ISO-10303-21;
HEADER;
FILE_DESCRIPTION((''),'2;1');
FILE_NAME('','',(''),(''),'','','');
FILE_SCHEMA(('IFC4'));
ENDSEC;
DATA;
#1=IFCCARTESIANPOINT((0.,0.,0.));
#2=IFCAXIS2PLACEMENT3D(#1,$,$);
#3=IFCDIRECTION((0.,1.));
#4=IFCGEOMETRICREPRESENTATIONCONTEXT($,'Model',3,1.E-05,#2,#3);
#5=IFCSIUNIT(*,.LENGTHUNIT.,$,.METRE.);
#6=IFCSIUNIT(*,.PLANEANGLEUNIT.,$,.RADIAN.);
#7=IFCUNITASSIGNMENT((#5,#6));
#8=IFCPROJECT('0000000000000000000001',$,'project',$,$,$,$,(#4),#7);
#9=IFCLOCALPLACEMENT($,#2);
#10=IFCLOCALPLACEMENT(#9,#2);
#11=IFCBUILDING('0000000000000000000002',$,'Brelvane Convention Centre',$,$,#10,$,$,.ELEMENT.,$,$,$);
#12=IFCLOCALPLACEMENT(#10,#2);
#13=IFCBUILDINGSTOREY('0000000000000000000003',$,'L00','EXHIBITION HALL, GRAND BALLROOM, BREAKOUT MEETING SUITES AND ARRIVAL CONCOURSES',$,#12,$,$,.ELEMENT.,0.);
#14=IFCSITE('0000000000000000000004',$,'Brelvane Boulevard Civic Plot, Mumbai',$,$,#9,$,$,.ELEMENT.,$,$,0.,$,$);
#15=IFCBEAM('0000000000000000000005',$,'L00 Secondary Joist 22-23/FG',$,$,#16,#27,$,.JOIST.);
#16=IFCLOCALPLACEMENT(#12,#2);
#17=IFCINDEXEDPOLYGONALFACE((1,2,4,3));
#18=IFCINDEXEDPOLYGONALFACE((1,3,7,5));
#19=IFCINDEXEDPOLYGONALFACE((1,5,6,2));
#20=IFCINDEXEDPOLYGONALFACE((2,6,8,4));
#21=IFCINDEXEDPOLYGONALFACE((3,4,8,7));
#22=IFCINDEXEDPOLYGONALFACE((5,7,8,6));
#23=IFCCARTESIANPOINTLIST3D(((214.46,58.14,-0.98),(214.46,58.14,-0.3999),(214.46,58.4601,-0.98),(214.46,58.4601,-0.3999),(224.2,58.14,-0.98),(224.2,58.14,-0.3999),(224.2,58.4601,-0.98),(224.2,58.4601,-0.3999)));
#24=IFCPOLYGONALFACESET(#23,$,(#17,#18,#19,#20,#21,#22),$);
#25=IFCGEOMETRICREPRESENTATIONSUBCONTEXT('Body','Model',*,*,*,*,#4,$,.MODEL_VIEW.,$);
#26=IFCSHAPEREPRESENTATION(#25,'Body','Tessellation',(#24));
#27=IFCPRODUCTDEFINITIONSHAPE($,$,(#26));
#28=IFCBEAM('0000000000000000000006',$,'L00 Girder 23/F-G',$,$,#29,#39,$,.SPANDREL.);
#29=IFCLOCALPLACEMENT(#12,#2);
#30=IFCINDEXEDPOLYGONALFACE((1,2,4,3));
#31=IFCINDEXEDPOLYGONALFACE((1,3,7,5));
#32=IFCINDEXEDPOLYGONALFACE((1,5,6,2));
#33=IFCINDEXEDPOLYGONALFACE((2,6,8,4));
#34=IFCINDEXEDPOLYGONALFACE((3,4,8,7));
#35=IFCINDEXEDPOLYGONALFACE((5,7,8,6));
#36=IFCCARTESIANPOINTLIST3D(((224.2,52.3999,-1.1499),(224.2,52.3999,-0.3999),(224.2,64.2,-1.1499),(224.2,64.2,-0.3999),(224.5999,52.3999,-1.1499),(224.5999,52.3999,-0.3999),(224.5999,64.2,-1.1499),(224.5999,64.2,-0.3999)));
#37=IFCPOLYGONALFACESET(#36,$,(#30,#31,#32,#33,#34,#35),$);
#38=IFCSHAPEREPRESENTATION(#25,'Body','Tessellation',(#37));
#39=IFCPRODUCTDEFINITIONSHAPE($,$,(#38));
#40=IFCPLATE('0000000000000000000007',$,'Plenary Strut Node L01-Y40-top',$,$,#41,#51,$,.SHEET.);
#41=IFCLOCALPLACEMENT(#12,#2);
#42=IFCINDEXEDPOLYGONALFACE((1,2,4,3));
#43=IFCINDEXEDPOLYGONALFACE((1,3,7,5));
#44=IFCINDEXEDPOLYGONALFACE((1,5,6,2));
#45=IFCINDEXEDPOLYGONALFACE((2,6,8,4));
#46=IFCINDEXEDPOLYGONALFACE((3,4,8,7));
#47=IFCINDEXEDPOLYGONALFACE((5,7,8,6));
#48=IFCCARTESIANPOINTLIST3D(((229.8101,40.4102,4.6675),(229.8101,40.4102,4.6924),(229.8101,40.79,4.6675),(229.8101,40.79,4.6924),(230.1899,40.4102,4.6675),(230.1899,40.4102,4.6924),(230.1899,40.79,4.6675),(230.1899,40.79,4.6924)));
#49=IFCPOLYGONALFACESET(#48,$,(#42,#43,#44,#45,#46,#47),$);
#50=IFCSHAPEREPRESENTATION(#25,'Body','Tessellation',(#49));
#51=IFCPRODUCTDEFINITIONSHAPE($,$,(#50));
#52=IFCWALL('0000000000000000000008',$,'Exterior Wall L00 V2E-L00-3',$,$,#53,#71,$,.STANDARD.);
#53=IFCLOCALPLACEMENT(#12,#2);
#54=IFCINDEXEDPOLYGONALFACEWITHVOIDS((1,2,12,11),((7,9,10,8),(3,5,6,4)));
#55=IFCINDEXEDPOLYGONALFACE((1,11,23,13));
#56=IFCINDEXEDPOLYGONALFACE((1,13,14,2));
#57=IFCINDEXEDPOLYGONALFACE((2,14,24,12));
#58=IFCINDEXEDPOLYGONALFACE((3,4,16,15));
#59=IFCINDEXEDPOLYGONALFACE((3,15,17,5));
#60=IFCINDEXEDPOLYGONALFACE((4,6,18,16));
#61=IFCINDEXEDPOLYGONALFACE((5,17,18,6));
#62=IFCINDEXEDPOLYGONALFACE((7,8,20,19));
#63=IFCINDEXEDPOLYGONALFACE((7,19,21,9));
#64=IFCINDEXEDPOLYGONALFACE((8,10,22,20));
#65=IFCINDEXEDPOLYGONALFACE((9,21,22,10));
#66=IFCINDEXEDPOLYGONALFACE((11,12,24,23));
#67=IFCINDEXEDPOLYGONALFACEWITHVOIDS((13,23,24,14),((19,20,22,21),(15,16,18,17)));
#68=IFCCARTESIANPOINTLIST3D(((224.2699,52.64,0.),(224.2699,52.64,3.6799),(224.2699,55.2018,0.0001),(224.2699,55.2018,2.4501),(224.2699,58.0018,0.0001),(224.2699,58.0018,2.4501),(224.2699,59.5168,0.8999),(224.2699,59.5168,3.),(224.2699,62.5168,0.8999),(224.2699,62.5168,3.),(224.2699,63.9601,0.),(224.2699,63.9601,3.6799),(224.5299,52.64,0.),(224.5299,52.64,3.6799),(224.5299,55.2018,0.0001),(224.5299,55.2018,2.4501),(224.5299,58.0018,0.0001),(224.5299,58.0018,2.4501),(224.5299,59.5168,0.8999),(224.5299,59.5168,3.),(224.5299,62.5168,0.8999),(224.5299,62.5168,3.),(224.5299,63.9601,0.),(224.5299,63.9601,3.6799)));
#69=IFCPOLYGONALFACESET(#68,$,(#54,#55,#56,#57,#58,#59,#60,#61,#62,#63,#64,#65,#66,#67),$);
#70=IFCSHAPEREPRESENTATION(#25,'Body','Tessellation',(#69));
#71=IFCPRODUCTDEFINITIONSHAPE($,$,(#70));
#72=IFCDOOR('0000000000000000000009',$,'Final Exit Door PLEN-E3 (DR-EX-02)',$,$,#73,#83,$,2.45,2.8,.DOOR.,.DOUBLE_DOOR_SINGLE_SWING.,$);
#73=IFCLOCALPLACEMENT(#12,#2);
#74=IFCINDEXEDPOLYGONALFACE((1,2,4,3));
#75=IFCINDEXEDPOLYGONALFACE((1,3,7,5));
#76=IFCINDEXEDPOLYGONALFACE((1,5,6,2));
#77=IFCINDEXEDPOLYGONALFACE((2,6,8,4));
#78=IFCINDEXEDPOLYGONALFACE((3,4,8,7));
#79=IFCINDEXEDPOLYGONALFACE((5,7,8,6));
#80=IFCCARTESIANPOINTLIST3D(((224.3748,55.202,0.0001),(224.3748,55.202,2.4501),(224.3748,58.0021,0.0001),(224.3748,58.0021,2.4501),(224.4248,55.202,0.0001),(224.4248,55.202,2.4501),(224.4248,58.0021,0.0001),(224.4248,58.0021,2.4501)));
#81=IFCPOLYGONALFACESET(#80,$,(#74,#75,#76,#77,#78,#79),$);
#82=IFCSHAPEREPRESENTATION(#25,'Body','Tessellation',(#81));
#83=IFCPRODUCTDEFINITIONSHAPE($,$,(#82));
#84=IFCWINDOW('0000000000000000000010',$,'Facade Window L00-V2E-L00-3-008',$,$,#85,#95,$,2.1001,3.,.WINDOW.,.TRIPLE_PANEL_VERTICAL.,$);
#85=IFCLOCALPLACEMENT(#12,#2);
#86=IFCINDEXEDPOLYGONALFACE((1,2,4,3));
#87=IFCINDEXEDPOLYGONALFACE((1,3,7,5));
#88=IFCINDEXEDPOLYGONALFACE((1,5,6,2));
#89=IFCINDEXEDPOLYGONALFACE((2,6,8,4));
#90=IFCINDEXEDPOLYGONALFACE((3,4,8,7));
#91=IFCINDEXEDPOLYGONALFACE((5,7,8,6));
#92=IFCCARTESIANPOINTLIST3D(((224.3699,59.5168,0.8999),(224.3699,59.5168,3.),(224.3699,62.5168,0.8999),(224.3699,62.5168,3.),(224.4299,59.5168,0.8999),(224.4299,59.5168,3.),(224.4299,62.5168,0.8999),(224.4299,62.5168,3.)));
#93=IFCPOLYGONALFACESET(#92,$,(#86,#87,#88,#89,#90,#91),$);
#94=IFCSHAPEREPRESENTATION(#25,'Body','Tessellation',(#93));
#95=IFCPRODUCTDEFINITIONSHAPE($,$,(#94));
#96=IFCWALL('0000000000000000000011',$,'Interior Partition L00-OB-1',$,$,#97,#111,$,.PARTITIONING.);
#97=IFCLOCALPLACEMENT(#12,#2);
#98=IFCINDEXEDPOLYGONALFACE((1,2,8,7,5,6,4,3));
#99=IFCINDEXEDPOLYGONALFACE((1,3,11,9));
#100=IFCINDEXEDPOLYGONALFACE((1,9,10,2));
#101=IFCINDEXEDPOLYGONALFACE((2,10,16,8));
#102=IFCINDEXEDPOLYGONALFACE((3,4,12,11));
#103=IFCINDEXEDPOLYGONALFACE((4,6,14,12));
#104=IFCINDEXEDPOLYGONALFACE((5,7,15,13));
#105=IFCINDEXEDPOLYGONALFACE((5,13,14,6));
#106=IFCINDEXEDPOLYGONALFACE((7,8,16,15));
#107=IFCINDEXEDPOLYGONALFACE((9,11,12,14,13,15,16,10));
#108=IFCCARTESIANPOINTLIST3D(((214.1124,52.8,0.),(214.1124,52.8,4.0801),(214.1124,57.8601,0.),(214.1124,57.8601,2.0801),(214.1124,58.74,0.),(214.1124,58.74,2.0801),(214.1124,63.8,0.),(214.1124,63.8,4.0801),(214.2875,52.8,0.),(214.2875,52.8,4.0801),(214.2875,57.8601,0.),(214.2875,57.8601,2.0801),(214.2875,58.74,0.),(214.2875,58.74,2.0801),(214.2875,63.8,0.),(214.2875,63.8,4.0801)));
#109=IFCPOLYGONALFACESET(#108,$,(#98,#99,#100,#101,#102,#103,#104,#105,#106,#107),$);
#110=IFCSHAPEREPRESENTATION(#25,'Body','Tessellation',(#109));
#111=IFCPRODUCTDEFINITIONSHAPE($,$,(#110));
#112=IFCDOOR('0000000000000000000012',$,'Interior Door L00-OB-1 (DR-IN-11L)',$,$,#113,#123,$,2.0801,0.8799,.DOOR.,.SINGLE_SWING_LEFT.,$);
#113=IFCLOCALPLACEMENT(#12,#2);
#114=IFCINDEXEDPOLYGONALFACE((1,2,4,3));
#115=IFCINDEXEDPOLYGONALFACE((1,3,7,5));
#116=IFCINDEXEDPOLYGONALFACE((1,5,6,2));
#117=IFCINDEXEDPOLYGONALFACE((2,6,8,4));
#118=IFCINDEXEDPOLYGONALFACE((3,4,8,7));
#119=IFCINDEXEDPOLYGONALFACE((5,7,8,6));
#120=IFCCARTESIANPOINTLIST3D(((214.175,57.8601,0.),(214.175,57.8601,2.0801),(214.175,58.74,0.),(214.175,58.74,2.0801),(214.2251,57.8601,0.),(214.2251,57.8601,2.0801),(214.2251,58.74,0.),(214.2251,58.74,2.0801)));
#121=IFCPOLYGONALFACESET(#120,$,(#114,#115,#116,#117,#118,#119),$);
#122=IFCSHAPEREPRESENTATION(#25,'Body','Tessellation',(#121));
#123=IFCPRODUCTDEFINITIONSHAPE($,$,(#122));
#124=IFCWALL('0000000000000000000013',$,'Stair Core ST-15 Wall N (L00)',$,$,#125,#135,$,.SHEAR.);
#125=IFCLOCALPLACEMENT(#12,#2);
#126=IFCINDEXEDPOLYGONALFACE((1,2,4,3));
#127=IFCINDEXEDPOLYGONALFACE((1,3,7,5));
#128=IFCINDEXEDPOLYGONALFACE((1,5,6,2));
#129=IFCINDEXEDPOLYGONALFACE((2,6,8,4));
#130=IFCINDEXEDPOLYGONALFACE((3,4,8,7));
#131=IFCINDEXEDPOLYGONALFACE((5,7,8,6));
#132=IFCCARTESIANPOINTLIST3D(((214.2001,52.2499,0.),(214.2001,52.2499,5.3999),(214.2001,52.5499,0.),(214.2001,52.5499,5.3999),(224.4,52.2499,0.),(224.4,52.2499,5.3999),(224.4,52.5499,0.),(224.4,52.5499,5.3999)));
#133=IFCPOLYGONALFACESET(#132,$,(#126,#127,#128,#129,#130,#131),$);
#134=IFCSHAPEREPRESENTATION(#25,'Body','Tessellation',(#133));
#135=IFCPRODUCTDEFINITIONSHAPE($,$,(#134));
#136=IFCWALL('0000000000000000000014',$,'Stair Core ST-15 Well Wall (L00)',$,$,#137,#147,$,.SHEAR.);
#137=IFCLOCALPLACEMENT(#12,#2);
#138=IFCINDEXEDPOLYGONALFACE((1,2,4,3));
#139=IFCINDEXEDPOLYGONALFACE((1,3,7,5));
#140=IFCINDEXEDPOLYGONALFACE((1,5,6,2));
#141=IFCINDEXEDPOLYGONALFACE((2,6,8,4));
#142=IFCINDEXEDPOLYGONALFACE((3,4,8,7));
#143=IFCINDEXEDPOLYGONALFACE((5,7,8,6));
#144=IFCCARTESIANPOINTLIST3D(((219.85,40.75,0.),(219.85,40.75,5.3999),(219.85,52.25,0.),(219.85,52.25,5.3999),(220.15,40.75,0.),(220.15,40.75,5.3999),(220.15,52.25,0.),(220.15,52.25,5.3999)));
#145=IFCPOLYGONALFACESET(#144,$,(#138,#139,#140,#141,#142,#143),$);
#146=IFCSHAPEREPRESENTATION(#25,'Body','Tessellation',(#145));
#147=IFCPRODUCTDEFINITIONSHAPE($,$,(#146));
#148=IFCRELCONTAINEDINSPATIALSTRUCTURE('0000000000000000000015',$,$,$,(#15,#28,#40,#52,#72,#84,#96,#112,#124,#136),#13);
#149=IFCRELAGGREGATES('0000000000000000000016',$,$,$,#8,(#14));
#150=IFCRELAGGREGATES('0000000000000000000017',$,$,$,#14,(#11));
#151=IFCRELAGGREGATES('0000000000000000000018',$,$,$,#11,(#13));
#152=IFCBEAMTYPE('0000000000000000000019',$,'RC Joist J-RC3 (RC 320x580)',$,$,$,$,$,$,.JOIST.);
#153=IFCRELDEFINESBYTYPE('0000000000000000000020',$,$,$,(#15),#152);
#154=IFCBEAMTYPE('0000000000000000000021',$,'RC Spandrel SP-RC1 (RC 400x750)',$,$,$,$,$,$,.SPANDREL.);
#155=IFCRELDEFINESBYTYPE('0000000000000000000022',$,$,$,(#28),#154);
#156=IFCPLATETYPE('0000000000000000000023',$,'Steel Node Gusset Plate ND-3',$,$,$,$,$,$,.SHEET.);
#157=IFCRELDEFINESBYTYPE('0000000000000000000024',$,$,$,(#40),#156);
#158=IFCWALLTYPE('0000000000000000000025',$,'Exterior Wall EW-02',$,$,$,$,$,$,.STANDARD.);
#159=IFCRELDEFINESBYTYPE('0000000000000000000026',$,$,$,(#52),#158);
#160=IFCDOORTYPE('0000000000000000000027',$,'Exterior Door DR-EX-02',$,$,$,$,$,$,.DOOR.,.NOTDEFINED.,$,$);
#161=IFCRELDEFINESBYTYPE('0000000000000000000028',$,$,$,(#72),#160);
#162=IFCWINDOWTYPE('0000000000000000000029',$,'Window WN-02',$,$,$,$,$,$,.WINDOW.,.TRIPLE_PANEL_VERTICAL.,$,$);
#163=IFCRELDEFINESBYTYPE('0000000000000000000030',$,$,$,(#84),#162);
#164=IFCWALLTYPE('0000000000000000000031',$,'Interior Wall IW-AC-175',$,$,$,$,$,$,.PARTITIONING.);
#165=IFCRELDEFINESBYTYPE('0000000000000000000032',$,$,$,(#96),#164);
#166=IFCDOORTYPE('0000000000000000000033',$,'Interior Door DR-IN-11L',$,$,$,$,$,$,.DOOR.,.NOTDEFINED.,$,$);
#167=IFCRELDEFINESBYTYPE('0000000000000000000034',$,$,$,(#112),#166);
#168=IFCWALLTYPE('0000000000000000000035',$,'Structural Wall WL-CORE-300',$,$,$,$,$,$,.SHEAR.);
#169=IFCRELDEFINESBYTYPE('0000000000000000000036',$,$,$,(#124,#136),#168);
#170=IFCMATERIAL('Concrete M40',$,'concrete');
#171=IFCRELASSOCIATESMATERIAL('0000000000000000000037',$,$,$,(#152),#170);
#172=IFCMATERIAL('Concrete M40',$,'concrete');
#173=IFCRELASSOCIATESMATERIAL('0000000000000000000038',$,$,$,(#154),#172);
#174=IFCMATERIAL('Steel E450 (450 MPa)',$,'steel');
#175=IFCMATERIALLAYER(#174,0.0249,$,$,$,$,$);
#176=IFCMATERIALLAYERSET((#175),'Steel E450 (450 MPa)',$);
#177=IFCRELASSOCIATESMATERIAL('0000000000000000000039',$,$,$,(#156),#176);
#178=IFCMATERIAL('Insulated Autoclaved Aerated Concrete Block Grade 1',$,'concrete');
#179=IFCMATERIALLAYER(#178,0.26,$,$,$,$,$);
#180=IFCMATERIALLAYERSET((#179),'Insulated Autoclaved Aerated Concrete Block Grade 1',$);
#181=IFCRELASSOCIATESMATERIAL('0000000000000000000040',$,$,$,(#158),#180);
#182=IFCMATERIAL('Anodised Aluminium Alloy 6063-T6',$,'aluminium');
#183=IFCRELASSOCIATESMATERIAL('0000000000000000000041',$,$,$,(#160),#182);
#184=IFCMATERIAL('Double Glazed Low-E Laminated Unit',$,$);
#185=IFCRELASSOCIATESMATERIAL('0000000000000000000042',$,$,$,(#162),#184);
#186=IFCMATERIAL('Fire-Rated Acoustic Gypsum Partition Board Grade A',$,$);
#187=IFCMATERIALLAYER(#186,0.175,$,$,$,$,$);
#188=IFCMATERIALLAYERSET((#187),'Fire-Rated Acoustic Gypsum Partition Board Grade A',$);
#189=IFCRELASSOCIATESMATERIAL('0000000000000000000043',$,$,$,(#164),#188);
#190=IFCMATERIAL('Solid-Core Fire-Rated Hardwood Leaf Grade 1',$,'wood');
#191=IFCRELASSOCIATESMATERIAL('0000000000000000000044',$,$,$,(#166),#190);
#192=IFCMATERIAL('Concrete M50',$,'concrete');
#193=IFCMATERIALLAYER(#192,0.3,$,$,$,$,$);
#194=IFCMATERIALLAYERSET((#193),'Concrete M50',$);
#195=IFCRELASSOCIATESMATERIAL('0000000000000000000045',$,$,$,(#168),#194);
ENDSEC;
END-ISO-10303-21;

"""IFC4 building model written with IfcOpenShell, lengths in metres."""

from ifc_helpers import new_model, si_unit, direction, frame, frame_2d, origin, origin_2d, place, context, subcontext, project, spatial, rectangle, extrude, material, layer, layer_set, material_profile, profile_set, type_object, element, fill, save


model = new_model("IFC4")

# Units and contexts
model_context = context("Model", 3, precision=1e-05, world=origin(), true_north=direction((0.0, 1.0)))
body_context = subcontext(model_context, "Body", "Model", "MODEL_VIEW")
ifc_project = project(units=[si_unit("LENGTHUNIT", "METRE"), si_unit("PLANEANGLEUNIT", "RADIAN")], contexts=[model_context])

# Site, building, storey
site_placement = place(None, origin())
site = spatial("IfcSite", under=ifc_project, at=site_placement, Name="Brelvane Boulevard Civic Plot, Mumbai", CompositionType="ELEMENT", RefElevation=0.0)
building_placement = place(site_placement, origin())
building = spatial("IfcBuilding", under=site, at=building_placement, Name="Brelvane Convention Centre", CompositionType="ELEMENT")
storey_placement = place(building_placement, origin())
storey = spatial("IfcBuildingStorey", under=building, at=storey_placement, Name="L00", Description="EXHIBITION HALL, GRAND BALLROOM, BREAKOUT MEETING SUITES AND ARRIVAL CONCOURSES", CompositionType="ELEMENT", Elevation=0.0)

# Beams
ifc_material_1 = material(Name="Concrete M40", Category="concrete")
ifc_material_profile_1 = material_profile(ifc_material_1, rectangle(XDim=0.3201, YDim=0.5801, at=origin_2d()), Name="RC 320x580")
ifc_profile_set_1 = profile_set([ifc_material_profile_1], Name="Concrete M40")
beam_type_1 = type_object("IfcBeamType", Name="RC Joist J-RC3 (RC 320x580)", PredefinedType="JOIST", material=ifc_profile_set_1)
beam_1_placement = place(storey_placement, frame((214.46, 58.3, -0.6899), z_axis=(1.0, 0.0, 0.0), x_axis=(0.0, 1.0, 0.0)))
element("IfcBeam", 1, at=beam_1_placement, inside=storey, type_object=beam_type_1, Name="L00 Secondary Joist 22-23/FG", PredefinedType="JOIST", context=body_context, shape_type="SweptSolid", body=[
    extrude(rectangle(XDim=0.3201, YDim=0.5801, at=origin_2d()), origin(), (0.0, 0.0, 1.0), 9.74),
])
ifc_material_2 = material(Name="Concrete M40", Category="concrete")
ifc_material_profile_2 = material_profile(ifc_material_2, rectangle(XDim=0.3999, YDim=0.75, at=origin_2d()), Name="RC 400x750")
ifc_profile_set_2 = profile_set([ifc_material_profile_2], Name="Concrete M40")
beam_type_2 = type_object("IfcBeamType", Name="RC Spandrel SP-RC1 (RC 400x750)", PredefinedType="SPANDREL", material=ifc_profile_set_2)
beam_2_placement = place(storey_placement, frame((224.3999, 52.3999, -0.7749), z_axis=(0.0, 1.0, 0.0), x_axis=(-1.0, 0.0, 0.0)))
element("IfcBeam", 2, at=beam_2_placement, inside=storey, type_object=beam_type_2, Name="L00 Girder 23/F-G", PredefinedType="SPANDREL", context=body_context, shape_type="SweptSolid", body=[
    extrude(rectangle(XDim=0.3999, YDim=0.75, at=origin_2d()), origin(), (0.0, 0.0, 1.0), 11.8),
])

# Plate
ifc_material_3 = material(Name="Steel E450 (450 MPa)", Category="steel")
ifc_layer_1 = layer(ifc_material_3, 0.0249)
ifc_layer_set_1 = layer_set([ifc_layer_1], Name="Steel E450 (450 MPa)")
plate_type = type_object("IfcPlateType", Name="Steel Node Gusset Plate ND-3", PredefinedType="SHEET", material=ifc_layer_set_1)
plate_placement = place(storey_placement, frame((230.0, 40.6001, 4.6675), z_axis=(0.0, 0.0, 1.0), x_axis=(1.0, 0.0, 0.0)))
element("IfcPlate", 3, at=plate_placement, inside=storey, type_object=plate_type, Name="Plenary Strut Node L01-Y40-top", PredefinedType="SHEET", context=body_context, shape_type="SweptSolid", body=[
    extrude(rectangle(XDim=0.3799, YDim=0.3799, at=origin_2d()), origin(), (0.0, 0.0, 1.0), 0.0249),
])

# Wall, openings, door, window
ifc_material_4 = material(Name="Insulated Autoclaved Aerated Concrete Block Grade 1", Category="concrete")
ifc_layer_2 = layer(ifc_material_4, 0.26)
ifc_layer_set_2 = layer_set([ifc_layer_2], Name="Insulated Autoclaved Aerated Concrete Block Grade 1")
wall_type_1 = type_object("IfcWallType", Name="Exterior Wall EW-02", PredefinedType="STANDARD", material=ifc_layer_set_2)
wall_1_placement = place(storey_placement, frame((224.3999, 52.6399, 0.0), z_axis=(0.0, 0.0, 1.0), x_axis=(0.0, 1.0, 0.0)))
wall_1 = element("IfcWall", 4, at=wall_1_placement, inside=storey, type_object=wall_type_1, Name="Exterior Wall L00 V2E-L00-3", PredefinedType="STANDARD", context=body_context, shape_type="SweptSolid", body=[
    extrude(rectangle(XDim=11.3201, YDim=0.26, at=frame_2d((5.6602, 0.0))), origin(), (0.0, 0.0, 1.0), 3.6799),
])
opening_1_placement = place(wall_1_placement, frame((2.562, 0.0, 0.0)))
opening_1 = element("IfcOpeningElement", 5, at=opening_1_placement, cuts=wall_1, PredefinedType="OPENING", context=body_context, shape_type="SweptSolid", body=[
    extrude(rectangle(XDim=2.8, YDim=2.45, at=frame_2d((1.3999, 1.2251))), frame((0.0, 0.1399, 0.0), z_axis=(0.0, -1.0, 0.0), x_axis=(1.0, 0.0, 0.0)), (0.0, 0.0, 1.0), 0.28),
])
opening_2_placement = place(wall_1_placement, frame((6.877, 0.0, 0.8999)))
opening_2 = element("IfcOpeningElement", 6, at=opening_2_placement, cuts=wall_1, PredefinedType="OPENING", context=body_context, shape_type="SweptSolid", body=[
    extrude(rectangle(XDim=3.0, YDim=2.1001, at=frame_2d((1.5, 1.05))), frame((0.0, 0.1399, 0.0), z_axis=(0.0, -1.0, 0.0), x_axis=(1.0, 0.0, 0.0)), (0.0, 0.0, 1.0), 0.28),
])
ifc_material_5 = material(Name="Anodised Aluminium Alloy 6063-T6", Category="aluminium")
door_type_1 = type_object("IfcDoorType", Name="Exterior Door DR-EX-02", OperationType="NOTDEFINED", PredefinedType="DOOR", material=ifc_material_5)
door_1_placement = place(opening_1_placement, frame((2.8, 0.0, 0.0), z_axis=(0.0, 0.0, 1.0), x_axis=(-1.0, 0.0, 0.0)))
door_1 = element("IfcDoor", 7, at=door_1_placement, inside=storey, type_object=door_type_1, Name="Final Exit Door PLEN-E3 (DR-EX-02)", OperationType="DOUBLE_DOOR_SINGLE_SWING", OverallHeight=2.45, OverallWidth=2.8, PredefinedType="DOOR", context=body_context, shape_type="SweptSolid", body=[
    extrude(rectangle(XDim=2.8, YDim=2.45, at=frame_2d((1.3999, 1.2251))), frame((0.0, 0.0249, 0.0), z_axis=(0.0, -1.0, 0.0), x_axis=(1.0, 0.0, 0.0)), (0.0, 0.0, 1.0), 0.05),
])
fill(opening_1, door_1)
ifc_material_6 = material(Name="Double Glazed Low-E Laminated Unit")
window_type = type_object("IfcWindowType", Name="Window WN-02", PartitioningType="TRIPLE_PANEL_VERTICAL", PredefinedType="WINDOW", material=ifc_material_6)
window_placement = place(opening_2_placement, origin())
window = element("IfcWindow", 8, at=window_placement, inside=storey, type_object=window_type, Name="Facade Window L00-V2E-L00-3-008", OverallHeight=2.1001, OverallWidth=3.0, PartitioningType="TRIPLE_PANEL_VERTICAL", PredefinedType="WINDOW", context=body_context, shape_type="SweptSolid", body=[
    extrude(rectangle(XDim=3.0, YDim=2.1001, at=frame_2d((1.5, 1.05))), frame((0.0, 0.03, 0.0), z_axis=(0.0, -1.0, 0.0), x_axis=(1.0, 0.0, 0.0)), (0.0, 0.0, 1.0), 0.0601),
])
fill(opening_2, window)

# Wall, opening, door
ifc_material_7 = material(Name="Fire-Rated Acoustic Gypsum Partition Board Grade A")
ifc_layer_3 = layer(ifc_material_7, 0.175)
ifc_layer_set_3 = layer_set([ifc_layer_3], Name="Fire-Rated Acoustic Gypsum Partition Board Grade A")
wall_type_2 = type_object("IfcWallType", Name="Interior Wall IW-AC-175", PredefinedType="PARTITIONING", material=ifc_layer_set_3)
wall_2_placement = place(storey_placement, frame((214.2, 52.8, 0.0), z_axis=(0.0, 0.0, 1.0), x_axis=(0.0, 1.0, 0.0)))
wall_2 = element("IfcWall", 9, at=wall_2_placement, inside=storey, type_object=wall_type_2, Name="Interior Partition L00-OB-1", PredefinedType="PARTITIONING", context=body_context, shape_type="SweptSolid", body=[
    extrude(rectangle(XDim=11.0, YDim=0.175, at=frame_2d((5.5, 0.0))), origin(), (0.0, 0.0, 1.0), 4.0801),
])
opening_3_placement = place(wall_2_placement, frame((5.0601, 0.0, 0.0)))
opening_3 = element("IfcOpeningElement", 10, at=opening_3_placement, cuts=wall_2, PredefinedType="OPENING", context=body_context, shape_type="SweptSolid", body=[
    extrude(rectangle(XDim=0.8799, YDim=2.0801, at=frame_2d((0.4399, 1.04))), frame((0.0, 0.0974, 0.0), z_axis=(0.0, -1.0, 0.0), x_axis=(1.0, 0.0, 0.0)), (0.0, 0.0, 1.0), 0.1951),
])
ifc_material_8 = material(Name="Solid-Core Fire-Rated Hardwood Leaf Grade 1", Category="wood")
door_type_2 = type_object("IfcDoorType", Name="Interior Door DR-IN-11L", OperationType="NOTDEFINED", PredefinedType="DOOR", material=ifc_material_8)
door_2_placement = place(opening_3_placement, origin())
door_2 = element("IfcDoor", 11, at=door_2_placement, inside=storey, type_object=door_type_2, Name="Interior Door L00-OB-1 (DR-IN-11L)", OperationType="SINGLE_SWING_LEFT", OverallHeight=2.0801, OverallWidth=0.8799, PredefinedType="DOOR", context=body_context, shape_type="SweptSolid", body=[
    extrude(rectangle(XDim=0.8799, YDim=2.0801, at=frame_2d((0.4399, 1.04))), frame((0.0, 0.0249, 0.0), z_axis=(0.0, -1.0, 0.0), x_axis=(1.0, 0.0, 0.0)), (0.0, 0.0, 1.0), 0.05),
])
fill(opening_3, door_2)

# Walls
ifc_material_9 = material(Name="Concrete M50", Category="concrete")
ifc_layer_4 = layer(ifc_material_9, 0.3)
ifc_layer_set_4 = layer_set([ifc_layer_4], Name="Concrete M50")
wall_type_3 = type_object("IfcWallType", Name="Structural Wall WL-CORE-300", PredefinedType="SHEAR", material=ifc_layer_set_4)
wall_3_placement = place(storey_placement, frame((214.2, 52.3999, 0.0), z_axis=(0.0, 0.0, 1.0), x_axis=(1.0, 0.0, 0.0)))
element("IfcWall", 12, at=wall_3_placement, inside=storey, type_object=wall_type_3, Name="Stair Core ST-15 Wall N (L00)", PredefinedType="SHEAR", context=body_context, shape_type="SweptSolid", body=[
    extrude(rectangle(XDim=10.2, YDim=0.3, at=frame_2d((5.1001, 0.0))), origin(), (0.0, 0.0, 1.0), 5.3999),
])
wall_4_placement = place(storey_placement, frame((220.0, 40.75, 0.0), z_axis=(0.0, 0.0, 1.0), x_axis=(0.0, 1.0, 0.0)))
element("IfcWall", 13, at=wall_4_placement, inside=storey, type_object=wall_type_3, Name="Stair Core ST-15 Well Wall (L00)", PredefinedType="SHEAR", context=body_context, shape_type="SweptSolid", body=[
    extrude(rectangle(XDim=11.5, YDim=0.3, at=frame_2d((5.75, 0.0))), origin(), (0.0, 0.0, 1.0), 5.3999),
])

save(model, "model.ifc")
